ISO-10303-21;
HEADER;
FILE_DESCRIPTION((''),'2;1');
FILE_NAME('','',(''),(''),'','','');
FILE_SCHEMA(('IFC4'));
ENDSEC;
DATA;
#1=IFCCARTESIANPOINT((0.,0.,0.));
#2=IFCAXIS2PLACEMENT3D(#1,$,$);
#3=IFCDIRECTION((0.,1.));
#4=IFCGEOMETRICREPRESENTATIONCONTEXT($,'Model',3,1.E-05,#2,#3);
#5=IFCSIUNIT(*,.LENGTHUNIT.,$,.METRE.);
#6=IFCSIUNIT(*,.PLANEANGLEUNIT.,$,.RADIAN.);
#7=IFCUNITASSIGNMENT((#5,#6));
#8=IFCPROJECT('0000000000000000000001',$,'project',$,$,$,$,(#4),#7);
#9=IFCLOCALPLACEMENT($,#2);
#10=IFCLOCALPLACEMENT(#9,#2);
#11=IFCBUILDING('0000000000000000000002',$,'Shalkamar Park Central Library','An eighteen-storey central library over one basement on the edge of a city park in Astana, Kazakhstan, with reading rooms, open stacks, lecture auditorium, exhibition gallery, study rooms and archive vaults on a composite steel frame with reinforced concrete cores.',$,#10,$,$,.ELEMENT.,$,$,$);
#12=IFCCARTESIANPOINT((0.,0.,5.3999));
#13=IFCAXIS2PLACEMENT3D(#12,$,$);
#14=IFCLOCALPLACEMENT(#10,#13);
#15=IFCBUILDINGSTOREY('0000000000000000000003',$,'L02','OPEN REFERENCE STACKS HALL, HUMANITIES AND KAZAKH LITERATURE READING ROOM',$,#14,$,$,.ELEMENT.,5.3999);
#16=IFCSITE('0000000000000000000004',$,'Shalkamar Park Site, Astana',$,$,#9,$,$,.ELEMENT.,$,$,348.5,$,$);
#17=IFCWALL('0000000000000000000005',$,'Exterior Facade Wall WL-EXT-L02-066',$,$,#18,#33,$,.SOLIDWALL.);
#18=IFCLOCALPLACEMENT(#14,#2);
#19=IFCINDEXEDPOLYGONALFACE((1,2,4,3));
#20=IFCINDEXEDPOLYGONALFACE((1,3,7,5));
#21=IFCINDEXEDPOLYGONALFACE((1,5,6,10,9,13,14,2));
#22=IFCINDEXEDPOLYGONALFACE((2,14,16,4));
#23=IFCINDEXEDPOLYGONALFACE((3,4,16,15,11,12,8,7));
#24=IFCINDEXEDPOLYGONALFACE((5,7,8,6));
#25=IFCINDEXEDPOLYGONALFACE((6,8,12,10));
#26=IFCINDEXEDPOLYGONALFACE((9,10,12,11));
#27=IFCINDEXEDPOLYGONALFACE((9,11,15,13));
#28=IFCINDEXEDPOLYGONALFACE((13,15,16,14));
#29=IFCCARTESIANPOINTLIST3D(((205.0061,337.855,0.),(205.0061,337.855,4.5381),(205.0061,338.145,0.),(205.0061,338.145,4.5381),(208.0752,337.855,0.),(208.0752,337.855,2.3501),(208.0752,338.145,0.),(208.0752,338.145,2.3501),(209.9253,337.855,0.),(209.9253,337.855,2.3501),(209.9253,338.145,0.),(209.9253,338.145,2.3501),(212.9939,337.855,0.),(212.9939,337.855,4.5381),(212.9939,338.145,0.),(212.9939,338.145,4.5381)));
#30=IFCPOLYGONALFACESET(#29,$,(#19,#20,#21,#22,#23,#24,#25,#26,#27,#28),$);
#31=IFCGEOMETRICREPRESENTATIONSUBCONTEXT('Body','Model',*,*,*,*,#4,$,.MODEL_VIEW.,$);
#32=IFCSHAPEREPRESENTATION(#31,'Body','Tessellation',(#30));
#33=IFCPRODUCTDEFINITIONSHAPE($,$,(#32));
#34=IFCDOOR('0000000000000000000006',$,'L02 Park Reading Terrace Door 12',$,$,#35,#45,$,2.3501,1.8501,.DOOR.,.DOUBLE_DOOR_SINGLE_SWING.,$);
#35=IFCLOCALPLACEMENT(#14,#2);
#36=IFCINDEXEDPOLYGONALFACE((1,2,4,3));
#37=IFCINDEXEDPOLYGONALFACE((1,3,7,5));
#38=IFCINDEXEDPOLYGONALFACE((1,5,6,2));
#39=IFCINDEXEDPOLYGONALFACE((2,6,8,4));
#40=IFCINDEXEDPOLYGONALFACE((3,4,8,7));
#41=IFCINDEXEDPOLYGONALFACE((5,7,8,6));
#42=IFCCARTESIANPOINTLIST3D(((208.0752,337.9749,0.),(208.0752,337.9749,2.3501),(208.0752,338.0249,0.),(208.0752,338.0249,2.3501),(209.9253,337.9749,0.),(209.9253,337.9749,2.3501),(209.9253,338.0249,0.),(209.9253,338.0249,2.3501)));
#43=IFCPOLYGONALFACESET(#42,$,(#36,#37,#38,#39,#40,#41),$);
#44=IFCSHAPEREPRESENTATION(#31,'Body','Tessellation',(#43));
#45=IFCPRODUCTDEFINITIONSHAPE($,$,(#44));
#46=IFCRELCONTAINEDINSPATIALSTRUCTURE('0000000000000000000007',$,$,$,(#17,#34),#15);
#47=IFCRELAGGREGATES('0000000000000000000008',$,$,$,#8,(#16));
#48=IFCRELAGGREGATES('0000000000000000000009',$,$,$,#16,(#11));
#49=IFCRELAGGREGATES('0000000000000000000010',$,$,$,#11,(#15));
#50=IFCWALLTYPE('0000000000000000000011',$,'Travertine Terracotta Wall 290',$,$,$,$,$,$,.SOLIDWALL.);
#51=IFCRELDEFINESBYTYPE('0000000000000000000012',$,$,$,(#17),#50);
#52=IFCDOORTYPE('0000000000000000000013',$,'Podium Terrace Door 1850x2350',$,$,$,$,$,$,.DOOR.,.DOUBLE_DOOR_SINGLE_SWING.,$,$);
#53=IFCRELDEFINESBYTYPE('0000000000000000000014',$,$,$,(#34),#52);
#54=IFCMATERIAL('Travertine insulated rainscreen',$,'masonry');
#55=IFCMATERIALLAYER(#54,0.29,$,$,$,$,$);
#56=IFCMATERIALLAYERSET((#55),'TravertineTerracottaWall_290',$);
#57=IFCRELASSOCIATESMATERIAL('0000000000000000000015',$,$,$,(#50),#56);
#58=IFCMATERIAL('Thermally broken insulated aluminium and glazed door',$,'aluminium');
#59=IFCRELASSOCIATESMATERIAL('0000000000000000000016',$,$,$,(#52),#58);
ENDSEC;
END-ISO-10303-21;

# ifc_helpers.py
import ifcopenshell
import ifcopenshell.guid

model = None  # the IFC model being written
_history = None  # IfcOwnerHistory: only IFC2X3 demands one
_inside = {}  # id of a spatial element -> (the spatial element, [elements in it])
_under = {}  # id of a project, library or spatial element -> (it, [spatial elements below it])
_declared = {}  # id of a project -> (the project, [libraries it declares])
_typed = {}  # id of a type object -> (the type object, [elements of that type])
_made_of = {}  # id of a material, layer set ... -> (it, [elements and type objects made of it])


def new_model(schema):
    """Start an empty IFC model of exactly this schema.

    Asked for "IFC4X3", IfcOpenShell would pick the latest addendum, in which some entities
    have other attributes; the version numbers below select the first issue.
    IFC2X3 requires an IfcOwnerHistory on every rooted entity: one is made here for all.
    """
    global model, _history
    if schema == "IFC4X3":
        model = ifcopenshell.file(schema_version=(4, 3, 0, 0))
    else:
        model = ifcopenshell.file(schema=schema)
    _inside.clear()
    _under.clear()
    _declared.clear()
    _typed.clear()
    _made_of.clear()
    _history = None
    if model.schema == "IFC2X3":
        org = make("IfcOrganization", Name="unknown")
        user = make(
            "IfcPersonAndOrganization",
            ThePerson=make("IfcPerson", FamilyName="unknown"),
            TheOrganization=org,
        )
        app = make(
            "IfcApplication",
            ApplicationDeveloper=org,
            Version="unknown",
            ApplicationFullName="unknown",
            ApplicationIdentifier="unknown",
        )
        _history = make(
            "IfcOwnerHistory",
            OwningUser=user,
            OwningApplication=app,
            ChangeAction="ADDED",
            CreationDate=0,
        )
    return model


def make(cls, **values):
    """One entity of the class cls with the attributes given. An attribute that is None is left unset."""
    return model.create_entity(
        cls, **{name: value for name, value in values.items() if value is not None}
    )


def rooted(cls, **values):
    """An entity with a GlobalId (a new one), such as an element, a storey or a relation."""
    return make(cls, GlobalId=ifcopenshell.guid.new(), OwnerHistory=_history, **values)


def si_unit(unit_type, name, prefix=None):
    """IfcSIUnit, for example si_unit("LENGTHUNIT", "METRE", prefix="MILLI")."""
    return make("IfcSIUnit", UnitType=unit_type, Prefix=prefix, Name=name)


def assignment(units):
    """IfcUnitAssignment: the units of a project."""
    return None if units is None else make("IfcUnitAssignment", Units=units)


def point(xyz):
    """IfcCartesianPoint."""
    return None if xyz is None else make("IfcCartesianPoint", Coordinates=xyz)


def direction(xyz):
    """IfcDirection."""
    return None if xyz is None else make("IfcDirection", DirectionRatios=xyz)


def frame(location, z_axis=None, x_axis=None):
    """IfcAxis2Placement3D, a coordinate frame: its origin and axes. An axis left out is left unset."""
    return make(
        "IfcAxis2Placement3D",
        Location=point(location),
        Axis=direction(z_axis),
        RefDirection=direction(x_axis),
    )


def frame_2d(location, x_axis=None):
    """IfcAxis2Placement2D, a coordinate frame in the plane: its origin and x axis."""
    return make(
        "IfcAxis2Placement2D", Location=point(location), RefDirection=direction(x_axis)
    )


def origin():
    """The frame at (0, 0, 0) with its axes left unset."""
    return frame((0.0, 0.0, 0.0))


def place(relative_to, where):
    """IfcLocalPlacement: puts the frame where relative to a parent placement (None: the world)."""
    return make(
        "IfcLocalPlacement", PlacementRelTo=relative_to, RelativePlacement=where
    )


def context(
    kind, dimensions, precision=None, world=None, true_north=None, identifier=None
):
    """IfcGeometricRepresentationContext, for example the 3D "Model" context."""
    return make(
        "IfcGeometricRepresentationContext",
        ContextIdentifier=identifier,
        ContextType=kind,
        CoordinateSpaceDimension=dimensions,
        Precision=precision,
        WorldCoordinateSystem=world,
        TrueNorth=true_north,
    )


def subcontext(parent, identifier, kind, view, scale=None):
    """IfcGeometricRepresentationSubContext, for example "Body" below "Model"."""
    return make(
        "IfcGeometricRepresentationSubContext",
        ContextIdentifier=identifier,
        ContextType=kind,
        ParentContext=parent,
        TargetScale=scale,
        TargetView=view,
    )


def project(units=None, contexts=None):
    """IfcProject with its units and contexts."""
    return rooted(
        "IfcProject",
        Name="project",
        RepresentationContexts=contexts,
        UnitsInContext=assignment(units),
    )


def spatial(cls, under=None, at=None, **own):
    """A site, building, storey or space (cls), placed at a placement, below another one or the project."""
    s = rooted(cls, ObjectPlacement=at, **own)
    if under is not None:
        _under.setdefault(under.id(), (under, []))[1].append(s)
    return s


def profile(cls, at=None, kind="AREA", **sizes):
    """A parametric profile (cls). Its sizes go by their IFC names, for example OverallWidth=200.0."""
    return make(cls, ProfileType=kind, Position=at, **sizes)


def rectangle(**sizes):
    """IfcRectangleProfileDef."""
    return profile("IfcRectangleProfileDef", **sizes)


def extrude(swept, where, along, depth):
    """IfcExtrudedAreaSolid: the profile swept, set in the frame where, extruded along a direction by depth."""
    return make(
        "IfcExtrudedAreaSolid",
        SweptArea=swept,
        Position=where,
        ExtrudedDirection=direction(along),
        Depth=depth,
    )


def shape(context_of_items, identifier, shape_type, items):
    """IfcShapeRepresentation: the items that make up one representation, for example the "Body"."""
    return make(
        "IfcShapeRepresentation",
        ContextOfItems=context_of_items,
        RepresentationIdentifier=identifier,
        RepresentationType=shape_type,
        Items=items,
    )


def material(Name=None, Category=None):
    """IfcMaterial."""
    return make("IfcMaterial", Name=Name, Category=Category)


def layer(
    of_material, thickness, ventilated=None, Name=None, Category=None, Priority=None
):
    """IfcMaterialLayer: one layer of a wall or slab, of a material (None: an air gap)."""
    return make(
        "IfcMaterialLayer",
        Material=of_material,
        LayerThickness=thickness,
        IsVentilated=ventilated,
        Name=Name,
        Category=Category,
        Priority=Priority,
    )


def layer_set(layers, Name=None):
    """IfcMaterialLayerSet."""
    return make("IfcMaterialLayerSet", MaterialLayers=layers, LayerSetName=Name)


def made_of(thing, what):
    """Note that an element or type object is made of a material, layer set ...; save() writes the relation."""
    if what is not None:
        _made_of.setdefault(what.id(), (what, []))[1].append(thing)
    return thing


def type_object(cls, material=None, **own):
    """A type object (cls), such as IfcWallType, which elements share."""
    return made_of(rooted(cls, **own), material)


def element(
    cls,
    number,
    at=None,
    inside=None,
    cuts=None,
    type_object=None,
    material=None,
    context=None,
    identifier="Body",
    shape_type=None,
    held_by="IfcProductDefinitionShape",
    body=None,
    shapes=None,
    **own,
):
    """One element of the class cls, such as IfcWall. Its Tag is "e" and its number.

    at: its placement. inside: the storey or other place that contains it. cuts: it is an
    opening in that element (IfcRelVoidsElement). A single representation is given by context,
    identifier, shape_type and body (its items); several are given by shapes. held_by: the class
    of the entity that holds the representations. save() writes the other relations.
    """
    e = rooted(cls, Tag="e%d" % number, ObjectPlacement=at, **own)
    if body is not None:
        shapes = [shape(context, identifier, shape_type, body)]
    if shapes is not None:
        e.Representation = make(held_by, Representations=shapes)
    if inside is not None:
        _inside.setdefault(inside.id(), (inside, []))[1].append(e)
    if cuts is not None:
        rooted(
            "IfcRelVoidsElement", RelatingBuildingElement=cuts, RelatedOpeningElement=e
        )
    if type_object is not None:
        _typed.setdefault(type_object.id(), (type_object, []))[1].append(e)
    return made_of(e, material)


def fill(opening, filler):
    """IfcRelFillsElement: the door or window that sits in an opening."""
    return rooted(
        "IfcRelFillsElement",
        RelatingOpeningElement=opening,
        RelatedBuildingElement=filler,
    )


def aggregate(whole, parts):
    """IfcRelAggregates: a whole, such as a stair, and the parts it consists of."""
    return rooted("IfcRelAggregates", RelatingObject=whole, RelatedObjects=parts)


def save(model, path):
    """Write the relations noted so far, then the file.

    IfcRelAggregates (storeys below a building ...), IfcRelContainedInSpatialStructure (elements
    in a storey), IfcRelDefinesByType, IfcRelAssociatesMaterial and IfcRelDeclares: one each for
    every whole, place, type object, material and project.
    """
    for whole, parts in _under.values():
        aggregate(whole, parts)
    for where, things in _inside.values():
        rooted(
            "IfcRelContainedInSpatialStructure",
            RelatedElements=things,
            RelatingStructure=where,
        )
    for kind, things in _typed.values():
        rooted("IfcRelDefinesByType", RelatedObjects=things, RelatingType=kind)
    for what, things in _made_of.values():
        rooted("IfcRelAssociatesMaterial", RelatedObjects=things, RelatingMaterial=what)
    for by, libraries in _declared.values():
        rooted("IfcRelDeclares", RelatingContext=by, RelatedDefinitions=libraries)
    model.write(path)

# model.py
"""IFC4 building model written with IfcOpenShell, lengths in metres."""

from ifc_helpers import new_model, si_unit, direction, frame, frame_2d, origin, place, context, subcontext, project, spatial, rectangle, extrude, material, layer, layer_set, type_object, element, fill, save


model = new_model("IFC4")

# Units and contexts
model_context = context("Model", 3, precision=1e-05, world=origin(), true_north=direction((0.0, 1.0)))
body_context = subcontext(model_context, "Body", "Model", "MODEL_VIEW")
ifc_project = project(units=[si_unit("LENGTHUNIT", "METRE"), si_unit("PLANEANGLEUNIT", "RADIAN")], contexts=[model_context])

# Site, building, storey
site_placement = place(None, origin())
site = spatial("IfcSite", under=ifc_project, at=site_placement, Name="Shalkamar Park Site, Astana", CompositionType="ELEMENT", RefElevation=348.5)
building_placement = place(site_placement, origin())
building = spatial("IfcBuilding", under=site, at=building_placement, Name="Shalkamar Park Central Library", Description="An eighteen-storey central library over one basement on the edge of a city park in Astana, Kazakhstan, with reading rooms, open stacks, lecture auditorium, exhibition gallery, study rooms and archive vaults on a composite steel frame with reinforced concrete cores.", CompositionType="ELEMENT")
storey_placement = place(building_placement, frame((0.0, 0.0, 5.3999)))
storey = spatial("IfcBuildingStorey", under=building, at=storey_placement, Name="L02", Description="OPEN REFERENCE STACKS HALL, HUMANITIES AND KAZAKH LITERATURE READING ROOM", CompositionType="ELEMENT", Elevation=5.3999)

# Wall, opening, door
ifc_material_1 = material(Name="Travertine insulated rainscreen", Category="masonry")
ifc_layer_1 = layer(ifc_material_1, 0.29)
ifc_layer_set_1 = layer_set([ifc_layer_1], Name="TravertineTerracottaWall_290")
wall_type = type_object("IfcWallType", Name="Travertine Terracotta Wall 290", PredefinedType="SOLIDWALL", material=ifc_layer_set_1)
wall_placement = place(storey_placement, frame((205.0061, 338.0, 0.0), z_axis=(0.0, 0.0, 1.0), x_axis=(1.0, 0.0, 0.0)))
wall = element("IfcWall", 1, at=wall_placement, inside=storey, type_object=wall_type, Name="Exterior Facade Wall WL-EXT-L02-066", PredefinedType="SOLIDWALL", context=body_context, shape_type="SweptSolid", body=[
    extrude(rectangle(XDim=7.9878, YDim=0.29, at=frame_2d((3.9939, 0.0))), origin(), (0.0, 0.0, 1.0), 4.5381),
])
opening_placement = place(wall_placement, frame((3.0691, 0.0, 0.0)))
opening = element("IfcOpeningElement", 2, at=opening_placement, cuts=wall, PredefinedType="OPENING", context=body_context, shape_type="SweptSolid", body=[
    extrude(rectangle(XDim=1.8501, YDim=2.3501, at=frame_2d((0.925, 1.175))), frame((0.0, 0.1599, 0.0), z_axis=(0.0, -1.0, 0.0), x_axis=(1.0, 0.0, 0.0)), (0.0, 0.0, 1.0), 0.3198),
])
ifc_material_2 = material(Name="Thermally broken insulated aluminium and glazed door", Category="aluminium")
door_type = type_object("IfcDoorType", Name="Podium Terrace Door 1850x2350", OperationType="DOUBLE_DOOR_SINGLE_SWING", PredefinedType="DOOR", material=ifc_material_2)
door_placement = place(opening_placement, origin())
door = element("IfcDoor", 3, at=door_placement, inside=storey, type_object=door_type, Name="L02 Park Reading Terrace Door 12", OperationType="DOUBLE_DOOR_SINGLE_SWING", OverallHeight=2.3501, OverallWidth=1.8501, PredefinedType="DOOR", context=body_context, shape_type="SweptSolid", body=[
    extrude(rectangle(XDim=1.8501, YDim=2.3501, at=frame_2d((0.925, 1.175))), frame((0.0, 0.0249, 0.0), z_axis=(0.0, -1.0, 0.0), x_axis=(1.0, 0.0, 0.0)), (0.0, 0.0, 1.0), 0.05),
])
fill(opening, door)

save(model, "model.ifc")
